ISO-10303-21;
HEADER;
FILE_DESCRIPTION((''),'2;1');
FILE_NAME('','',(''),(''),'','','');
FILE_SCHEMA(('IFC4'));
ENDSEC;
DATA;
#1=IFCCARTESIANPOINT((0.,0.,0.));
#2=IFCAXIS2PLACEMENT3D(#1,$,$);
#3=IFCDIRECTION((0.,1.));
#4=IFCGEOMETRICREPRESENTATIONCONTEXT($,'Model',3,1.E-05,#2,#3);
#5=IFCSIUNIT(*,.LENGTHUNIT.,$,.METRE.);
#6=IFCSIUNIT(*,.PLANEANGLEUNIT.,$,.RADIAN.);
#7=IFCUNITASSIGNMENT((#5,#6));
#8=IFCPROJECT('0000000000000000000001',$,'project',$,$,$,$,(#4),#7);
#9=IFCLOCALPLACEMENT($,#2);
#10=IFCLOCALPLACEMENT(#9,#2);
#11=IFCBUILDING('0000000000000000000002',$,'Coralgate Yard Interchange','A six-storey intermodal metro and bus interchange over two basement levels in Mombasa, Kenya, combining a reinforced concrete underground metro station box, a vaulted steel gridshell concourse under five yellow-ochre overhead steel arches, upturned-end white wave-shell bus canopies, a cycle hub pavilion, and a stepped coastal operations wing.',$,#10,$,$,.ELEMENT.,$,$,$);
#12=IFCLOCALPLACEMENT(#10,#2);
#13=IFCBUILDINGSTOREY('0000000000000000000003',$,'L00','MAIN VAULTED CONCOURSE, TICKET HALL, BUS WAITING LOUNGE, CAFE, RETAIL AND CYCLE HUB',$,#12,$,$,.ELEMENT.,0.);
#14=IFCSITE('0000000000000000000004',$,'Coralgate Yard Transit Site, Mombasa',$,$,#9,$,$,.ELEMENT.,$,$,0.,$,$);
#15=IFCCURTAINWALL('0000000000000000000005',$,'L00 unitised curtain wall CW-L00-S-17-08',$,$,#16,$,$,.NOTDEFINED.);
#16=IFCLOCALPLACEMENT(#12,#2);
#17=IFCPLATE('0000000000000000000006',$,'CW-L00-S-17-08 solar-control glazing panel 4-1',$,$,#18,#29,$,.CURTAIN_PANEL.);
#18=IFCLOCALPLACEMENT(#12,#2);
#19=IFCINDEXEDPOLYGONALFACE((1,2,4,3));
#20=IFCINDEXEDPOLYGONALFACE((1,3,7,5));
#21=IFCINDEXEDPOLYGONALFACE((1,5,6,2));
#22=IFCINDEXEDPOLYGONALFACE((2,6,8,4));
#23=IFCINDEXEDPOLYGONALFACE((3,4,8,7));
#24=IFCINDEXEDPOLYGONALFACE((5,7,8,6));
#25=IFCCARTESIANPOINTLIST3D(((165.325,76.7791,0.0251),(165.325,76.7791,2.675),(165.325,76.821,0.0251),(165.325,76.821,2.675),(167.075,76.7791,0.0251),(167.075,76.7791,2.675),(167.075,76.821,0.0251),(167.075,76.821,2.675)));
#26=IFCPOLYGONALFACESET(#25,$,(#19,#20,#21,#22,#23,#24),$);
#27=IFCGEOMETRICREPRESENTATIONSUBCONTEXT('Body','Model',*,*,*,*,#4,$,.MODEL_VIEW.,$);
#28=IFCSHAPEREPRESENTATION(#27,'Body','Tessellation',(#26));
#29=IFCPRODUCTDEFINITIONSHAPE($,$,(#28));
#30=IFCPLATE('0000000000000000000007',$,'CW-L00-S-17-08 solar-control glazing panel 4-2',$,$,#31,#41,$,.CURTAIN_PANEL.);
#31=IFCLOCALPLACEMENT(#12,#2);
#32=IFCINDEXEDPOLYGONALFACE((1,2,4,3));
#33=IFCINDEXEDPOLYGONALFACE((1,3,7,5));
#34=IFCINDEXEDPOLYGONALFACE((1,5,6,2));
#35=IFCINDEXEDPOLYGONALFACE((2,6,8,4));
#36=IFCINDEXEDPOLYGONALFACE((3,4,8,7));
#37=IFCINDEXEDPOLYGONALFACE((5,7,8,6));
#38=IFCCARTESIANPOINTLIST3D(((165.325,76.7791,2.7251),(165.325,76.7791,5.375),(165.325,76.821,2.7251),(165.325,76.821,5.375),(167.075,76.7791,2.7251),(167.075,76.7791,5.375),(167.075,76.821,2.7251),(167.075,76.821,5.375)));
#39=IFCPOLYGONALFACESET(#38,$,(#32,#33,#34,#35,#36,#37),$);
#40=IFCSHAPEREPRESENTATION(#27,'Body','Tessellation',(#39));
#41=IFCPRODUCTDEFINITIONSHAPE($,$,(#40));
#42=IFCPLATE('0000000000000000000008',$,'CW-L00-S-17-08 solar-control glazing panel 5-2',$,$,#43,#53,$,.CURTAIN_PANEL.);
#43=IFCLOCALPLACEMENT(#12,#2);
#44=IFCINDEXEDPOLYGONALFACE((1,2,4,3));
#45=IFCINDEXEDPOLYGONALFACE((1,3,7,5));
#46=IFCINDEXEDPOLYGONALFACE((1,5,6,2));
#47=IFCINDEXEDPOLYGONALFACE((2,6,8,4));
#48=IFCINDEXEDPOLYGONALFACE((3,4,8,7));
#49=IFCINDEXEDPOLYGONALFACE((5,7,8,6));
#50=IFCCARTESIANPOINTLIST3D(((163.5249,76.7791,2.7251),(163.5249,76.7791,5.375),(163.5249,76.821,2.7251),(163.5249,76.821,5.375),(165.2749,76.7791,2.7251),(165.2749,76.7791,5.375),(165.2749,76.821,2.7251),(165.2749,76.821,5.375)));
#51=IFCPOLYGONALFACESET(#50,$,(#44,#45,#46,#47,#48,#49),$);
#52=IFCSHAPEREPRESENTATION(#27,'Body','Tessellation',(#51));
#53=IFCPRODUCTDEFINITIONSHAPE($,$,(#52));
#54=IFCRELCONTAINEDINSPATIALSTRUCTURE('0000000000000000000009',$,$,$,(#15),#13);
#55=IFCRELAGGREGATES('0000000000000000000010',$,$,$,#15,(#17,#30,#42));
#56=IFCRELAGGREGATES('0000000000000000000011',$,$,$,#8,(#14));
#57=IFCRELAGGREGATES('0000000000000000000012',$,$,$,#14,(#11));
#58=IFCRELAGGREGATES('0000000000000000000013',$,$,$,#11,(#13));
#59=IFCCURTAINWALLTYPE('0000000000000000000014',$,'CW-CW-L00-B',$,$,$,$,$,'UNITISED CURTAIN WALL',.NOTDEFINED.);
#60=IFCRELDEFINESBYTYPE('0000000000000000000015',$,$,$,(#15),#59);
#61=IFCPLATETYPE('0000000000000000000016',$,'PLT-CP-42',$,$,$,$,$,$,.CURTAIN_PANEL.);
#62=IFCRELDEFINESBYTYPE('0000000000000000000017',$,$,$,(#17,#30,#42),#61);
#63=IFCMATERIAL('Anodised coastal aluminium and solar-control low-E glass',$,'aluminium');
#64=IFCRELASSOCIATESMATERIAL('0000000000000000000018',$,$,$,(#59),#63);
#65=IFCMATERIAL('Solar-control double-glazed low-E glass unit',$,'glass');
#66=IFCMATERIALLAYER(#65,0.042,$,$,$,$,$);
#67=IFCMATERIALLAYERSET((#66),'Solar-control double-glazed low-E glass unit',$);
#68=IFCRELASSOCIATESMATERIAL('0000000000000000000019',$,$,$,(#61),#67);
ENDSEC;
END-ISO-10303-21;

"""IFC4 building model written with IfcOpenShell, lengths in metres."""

from ifc_helpers import new_model, si_unit, direction, frame, origin, origin_2d, place, context, subcontext, project, spatial, rectangle, extrude, material, layer, layer_set, type_object, element, aggregate, save


model = new_model("IFC4")

# Units and contexts
model_context = context("Model", 3, precision=1e-05, world=origin(), true_north=direction((0.0, 1.0)))
body_context = subcontext(model_context, "Body", "Model", "MODEL_VIEW")
ifc_project = project(units=[si_unit("LENGTHUNIT", "METRE"), si_unit("PLANEANGLEUNIT", "RADIAN")], contexts=[model_context])

# Site, building, storey
site_placement = place(None, origin())
site = spatial("IfcSite", under=ifc_project, at=site_placement, Name="Coralgate Yard Transit Site, Mombasa", CompositionType="ELEMENT", RefElevation=0.0)
building_placement = place(site_placement, origin())
building = spatial("IfcBuilding", under=site, at=building_placement, Name="Coralgate Yard Interchange", Description="A six-storey intermodal metro and bus interchange over two basement levels in Mombasa, Kenya, combining a reinforced concrete underground metro station box, a vaulted steel gridshell concourse under five yellow-ochre overhead steel arches, upturned-end white wave-shell bus canopies, a cycle hub pavilion, and a stepped coastal operations wing.", CompositionType="ELEMENT")
storey_placement = place(building_placement, origin())
storey = spatial("IfcBuildingStorey", under=building, at=storey_placement, Name="L00", Description="MAIN VAULTED CONCOURSE, TICKET HALL, BUS WAITING LOUNGE, CAFE, RETAIL AND CYCLE HUB", CompositionType="ELEMENT", Elevation=0.0)

# Curtain wall, plates
ifc_material_1 = material(Name="Anodised coastal aluminium and solar-control low-E glass", Category="aluminium")
curtain_wall_type = type_object("IfcCurtainWallType", Name="CW-CW-L00-B", ElementType="UNITISED CURTAIN WALL", PredefinedType="NOTDEFINED", material=ifc_material_1)
curtain_wall_placement = place(storey_placement, origin())
curtain_wall = element("IfcCurtainWall", 1, at=curtain_wall_placement, inside=storey, type_object=curtain_wall_type, Name="L00 unitised curtain wall CW-L00-S-17-08", PredefinedType="NOTDEFINED")
ifc_material_2 = material(Name="Solar-control double-glazed low-E glass unit", Category="glass")
ifc_layer = layer(ifc_material_2, 0.042)
ifc_layer_set = layer_set([ifc_layer], Name="Solar-control double-glazed low-E glass unit")
plate_type = type_object("IfcPlateType", Name="PLT-CP-42", PredefinedType="CURTAIN_PANEL", material=ifc_layer_set)
plate_1_placement = place(storey_placement, frame((166.2, 76.8, 0.0251), z_axis=(0.0, 0.0, 1.0), x_axis=(-1.0, 0.0, 0.0)))
plate_1 = element("IfcPlate", 2, at=plate_1_placement, type_object=plate_type, Name="CW-L00-S-17-08 solar-control glazing panel 4-1", PredefinedType="CURTAIN_PANEL", context=body_context, shape_type="SweptSolid", body=[
    extrude(rectangle(XDim=1.75, YDim=0.042, at=origin_2d()), origin(), (0.0, 0.0, 1.0), 2.6499),
])
plate_2_placement = place(storey_placement, frame((166.2, 76.8, 2.7251), z_axis=(0.0, 0.0, 1.0), x_axis=(-1.0, 0.0, 0.0)))
plate_2 = element("IfcPlate", 3, at=plate_2_placement, type_object=plate_type, Name="CW-L00-S-17-08 solar-control glazing panel 4-2", PredefinedType="CURTAIN_PANEL", context=body_context, shape_type="SweptSolid", body=[
    extrude(rectangle(XDim=1.75, YDim=0.042, at=origin_2d()), origin(), (0.0, 0.0, 1.0), 2.6499),
])
plate_3_placement = place(storey_placement, frame((164.3999, 76.8, 2.7251), z_axis=(0.0, 0.0, 1.0), x_axis=(-1.0, 0.0, 0.0)))
plate_3 = element("IfcPlate", 4, at=plate_3_placement, type_object=plate_type, Name="CW-L00-S-17-08 solar-control glazing panel 5-2", PredefinedType="CURTAIN_PANEL", context=body_context, shape_type="SweptSolid", body=[
    extrude(rectangle(XDim=1.75, YDim=0.042, at=origin_2d()), origin(), (0.0, 0.0, 1.0), 2.6499),
])
aggregate(curtain_wall, [plate_1, plate_2, plate_3])

save(model, "model.ifc")
